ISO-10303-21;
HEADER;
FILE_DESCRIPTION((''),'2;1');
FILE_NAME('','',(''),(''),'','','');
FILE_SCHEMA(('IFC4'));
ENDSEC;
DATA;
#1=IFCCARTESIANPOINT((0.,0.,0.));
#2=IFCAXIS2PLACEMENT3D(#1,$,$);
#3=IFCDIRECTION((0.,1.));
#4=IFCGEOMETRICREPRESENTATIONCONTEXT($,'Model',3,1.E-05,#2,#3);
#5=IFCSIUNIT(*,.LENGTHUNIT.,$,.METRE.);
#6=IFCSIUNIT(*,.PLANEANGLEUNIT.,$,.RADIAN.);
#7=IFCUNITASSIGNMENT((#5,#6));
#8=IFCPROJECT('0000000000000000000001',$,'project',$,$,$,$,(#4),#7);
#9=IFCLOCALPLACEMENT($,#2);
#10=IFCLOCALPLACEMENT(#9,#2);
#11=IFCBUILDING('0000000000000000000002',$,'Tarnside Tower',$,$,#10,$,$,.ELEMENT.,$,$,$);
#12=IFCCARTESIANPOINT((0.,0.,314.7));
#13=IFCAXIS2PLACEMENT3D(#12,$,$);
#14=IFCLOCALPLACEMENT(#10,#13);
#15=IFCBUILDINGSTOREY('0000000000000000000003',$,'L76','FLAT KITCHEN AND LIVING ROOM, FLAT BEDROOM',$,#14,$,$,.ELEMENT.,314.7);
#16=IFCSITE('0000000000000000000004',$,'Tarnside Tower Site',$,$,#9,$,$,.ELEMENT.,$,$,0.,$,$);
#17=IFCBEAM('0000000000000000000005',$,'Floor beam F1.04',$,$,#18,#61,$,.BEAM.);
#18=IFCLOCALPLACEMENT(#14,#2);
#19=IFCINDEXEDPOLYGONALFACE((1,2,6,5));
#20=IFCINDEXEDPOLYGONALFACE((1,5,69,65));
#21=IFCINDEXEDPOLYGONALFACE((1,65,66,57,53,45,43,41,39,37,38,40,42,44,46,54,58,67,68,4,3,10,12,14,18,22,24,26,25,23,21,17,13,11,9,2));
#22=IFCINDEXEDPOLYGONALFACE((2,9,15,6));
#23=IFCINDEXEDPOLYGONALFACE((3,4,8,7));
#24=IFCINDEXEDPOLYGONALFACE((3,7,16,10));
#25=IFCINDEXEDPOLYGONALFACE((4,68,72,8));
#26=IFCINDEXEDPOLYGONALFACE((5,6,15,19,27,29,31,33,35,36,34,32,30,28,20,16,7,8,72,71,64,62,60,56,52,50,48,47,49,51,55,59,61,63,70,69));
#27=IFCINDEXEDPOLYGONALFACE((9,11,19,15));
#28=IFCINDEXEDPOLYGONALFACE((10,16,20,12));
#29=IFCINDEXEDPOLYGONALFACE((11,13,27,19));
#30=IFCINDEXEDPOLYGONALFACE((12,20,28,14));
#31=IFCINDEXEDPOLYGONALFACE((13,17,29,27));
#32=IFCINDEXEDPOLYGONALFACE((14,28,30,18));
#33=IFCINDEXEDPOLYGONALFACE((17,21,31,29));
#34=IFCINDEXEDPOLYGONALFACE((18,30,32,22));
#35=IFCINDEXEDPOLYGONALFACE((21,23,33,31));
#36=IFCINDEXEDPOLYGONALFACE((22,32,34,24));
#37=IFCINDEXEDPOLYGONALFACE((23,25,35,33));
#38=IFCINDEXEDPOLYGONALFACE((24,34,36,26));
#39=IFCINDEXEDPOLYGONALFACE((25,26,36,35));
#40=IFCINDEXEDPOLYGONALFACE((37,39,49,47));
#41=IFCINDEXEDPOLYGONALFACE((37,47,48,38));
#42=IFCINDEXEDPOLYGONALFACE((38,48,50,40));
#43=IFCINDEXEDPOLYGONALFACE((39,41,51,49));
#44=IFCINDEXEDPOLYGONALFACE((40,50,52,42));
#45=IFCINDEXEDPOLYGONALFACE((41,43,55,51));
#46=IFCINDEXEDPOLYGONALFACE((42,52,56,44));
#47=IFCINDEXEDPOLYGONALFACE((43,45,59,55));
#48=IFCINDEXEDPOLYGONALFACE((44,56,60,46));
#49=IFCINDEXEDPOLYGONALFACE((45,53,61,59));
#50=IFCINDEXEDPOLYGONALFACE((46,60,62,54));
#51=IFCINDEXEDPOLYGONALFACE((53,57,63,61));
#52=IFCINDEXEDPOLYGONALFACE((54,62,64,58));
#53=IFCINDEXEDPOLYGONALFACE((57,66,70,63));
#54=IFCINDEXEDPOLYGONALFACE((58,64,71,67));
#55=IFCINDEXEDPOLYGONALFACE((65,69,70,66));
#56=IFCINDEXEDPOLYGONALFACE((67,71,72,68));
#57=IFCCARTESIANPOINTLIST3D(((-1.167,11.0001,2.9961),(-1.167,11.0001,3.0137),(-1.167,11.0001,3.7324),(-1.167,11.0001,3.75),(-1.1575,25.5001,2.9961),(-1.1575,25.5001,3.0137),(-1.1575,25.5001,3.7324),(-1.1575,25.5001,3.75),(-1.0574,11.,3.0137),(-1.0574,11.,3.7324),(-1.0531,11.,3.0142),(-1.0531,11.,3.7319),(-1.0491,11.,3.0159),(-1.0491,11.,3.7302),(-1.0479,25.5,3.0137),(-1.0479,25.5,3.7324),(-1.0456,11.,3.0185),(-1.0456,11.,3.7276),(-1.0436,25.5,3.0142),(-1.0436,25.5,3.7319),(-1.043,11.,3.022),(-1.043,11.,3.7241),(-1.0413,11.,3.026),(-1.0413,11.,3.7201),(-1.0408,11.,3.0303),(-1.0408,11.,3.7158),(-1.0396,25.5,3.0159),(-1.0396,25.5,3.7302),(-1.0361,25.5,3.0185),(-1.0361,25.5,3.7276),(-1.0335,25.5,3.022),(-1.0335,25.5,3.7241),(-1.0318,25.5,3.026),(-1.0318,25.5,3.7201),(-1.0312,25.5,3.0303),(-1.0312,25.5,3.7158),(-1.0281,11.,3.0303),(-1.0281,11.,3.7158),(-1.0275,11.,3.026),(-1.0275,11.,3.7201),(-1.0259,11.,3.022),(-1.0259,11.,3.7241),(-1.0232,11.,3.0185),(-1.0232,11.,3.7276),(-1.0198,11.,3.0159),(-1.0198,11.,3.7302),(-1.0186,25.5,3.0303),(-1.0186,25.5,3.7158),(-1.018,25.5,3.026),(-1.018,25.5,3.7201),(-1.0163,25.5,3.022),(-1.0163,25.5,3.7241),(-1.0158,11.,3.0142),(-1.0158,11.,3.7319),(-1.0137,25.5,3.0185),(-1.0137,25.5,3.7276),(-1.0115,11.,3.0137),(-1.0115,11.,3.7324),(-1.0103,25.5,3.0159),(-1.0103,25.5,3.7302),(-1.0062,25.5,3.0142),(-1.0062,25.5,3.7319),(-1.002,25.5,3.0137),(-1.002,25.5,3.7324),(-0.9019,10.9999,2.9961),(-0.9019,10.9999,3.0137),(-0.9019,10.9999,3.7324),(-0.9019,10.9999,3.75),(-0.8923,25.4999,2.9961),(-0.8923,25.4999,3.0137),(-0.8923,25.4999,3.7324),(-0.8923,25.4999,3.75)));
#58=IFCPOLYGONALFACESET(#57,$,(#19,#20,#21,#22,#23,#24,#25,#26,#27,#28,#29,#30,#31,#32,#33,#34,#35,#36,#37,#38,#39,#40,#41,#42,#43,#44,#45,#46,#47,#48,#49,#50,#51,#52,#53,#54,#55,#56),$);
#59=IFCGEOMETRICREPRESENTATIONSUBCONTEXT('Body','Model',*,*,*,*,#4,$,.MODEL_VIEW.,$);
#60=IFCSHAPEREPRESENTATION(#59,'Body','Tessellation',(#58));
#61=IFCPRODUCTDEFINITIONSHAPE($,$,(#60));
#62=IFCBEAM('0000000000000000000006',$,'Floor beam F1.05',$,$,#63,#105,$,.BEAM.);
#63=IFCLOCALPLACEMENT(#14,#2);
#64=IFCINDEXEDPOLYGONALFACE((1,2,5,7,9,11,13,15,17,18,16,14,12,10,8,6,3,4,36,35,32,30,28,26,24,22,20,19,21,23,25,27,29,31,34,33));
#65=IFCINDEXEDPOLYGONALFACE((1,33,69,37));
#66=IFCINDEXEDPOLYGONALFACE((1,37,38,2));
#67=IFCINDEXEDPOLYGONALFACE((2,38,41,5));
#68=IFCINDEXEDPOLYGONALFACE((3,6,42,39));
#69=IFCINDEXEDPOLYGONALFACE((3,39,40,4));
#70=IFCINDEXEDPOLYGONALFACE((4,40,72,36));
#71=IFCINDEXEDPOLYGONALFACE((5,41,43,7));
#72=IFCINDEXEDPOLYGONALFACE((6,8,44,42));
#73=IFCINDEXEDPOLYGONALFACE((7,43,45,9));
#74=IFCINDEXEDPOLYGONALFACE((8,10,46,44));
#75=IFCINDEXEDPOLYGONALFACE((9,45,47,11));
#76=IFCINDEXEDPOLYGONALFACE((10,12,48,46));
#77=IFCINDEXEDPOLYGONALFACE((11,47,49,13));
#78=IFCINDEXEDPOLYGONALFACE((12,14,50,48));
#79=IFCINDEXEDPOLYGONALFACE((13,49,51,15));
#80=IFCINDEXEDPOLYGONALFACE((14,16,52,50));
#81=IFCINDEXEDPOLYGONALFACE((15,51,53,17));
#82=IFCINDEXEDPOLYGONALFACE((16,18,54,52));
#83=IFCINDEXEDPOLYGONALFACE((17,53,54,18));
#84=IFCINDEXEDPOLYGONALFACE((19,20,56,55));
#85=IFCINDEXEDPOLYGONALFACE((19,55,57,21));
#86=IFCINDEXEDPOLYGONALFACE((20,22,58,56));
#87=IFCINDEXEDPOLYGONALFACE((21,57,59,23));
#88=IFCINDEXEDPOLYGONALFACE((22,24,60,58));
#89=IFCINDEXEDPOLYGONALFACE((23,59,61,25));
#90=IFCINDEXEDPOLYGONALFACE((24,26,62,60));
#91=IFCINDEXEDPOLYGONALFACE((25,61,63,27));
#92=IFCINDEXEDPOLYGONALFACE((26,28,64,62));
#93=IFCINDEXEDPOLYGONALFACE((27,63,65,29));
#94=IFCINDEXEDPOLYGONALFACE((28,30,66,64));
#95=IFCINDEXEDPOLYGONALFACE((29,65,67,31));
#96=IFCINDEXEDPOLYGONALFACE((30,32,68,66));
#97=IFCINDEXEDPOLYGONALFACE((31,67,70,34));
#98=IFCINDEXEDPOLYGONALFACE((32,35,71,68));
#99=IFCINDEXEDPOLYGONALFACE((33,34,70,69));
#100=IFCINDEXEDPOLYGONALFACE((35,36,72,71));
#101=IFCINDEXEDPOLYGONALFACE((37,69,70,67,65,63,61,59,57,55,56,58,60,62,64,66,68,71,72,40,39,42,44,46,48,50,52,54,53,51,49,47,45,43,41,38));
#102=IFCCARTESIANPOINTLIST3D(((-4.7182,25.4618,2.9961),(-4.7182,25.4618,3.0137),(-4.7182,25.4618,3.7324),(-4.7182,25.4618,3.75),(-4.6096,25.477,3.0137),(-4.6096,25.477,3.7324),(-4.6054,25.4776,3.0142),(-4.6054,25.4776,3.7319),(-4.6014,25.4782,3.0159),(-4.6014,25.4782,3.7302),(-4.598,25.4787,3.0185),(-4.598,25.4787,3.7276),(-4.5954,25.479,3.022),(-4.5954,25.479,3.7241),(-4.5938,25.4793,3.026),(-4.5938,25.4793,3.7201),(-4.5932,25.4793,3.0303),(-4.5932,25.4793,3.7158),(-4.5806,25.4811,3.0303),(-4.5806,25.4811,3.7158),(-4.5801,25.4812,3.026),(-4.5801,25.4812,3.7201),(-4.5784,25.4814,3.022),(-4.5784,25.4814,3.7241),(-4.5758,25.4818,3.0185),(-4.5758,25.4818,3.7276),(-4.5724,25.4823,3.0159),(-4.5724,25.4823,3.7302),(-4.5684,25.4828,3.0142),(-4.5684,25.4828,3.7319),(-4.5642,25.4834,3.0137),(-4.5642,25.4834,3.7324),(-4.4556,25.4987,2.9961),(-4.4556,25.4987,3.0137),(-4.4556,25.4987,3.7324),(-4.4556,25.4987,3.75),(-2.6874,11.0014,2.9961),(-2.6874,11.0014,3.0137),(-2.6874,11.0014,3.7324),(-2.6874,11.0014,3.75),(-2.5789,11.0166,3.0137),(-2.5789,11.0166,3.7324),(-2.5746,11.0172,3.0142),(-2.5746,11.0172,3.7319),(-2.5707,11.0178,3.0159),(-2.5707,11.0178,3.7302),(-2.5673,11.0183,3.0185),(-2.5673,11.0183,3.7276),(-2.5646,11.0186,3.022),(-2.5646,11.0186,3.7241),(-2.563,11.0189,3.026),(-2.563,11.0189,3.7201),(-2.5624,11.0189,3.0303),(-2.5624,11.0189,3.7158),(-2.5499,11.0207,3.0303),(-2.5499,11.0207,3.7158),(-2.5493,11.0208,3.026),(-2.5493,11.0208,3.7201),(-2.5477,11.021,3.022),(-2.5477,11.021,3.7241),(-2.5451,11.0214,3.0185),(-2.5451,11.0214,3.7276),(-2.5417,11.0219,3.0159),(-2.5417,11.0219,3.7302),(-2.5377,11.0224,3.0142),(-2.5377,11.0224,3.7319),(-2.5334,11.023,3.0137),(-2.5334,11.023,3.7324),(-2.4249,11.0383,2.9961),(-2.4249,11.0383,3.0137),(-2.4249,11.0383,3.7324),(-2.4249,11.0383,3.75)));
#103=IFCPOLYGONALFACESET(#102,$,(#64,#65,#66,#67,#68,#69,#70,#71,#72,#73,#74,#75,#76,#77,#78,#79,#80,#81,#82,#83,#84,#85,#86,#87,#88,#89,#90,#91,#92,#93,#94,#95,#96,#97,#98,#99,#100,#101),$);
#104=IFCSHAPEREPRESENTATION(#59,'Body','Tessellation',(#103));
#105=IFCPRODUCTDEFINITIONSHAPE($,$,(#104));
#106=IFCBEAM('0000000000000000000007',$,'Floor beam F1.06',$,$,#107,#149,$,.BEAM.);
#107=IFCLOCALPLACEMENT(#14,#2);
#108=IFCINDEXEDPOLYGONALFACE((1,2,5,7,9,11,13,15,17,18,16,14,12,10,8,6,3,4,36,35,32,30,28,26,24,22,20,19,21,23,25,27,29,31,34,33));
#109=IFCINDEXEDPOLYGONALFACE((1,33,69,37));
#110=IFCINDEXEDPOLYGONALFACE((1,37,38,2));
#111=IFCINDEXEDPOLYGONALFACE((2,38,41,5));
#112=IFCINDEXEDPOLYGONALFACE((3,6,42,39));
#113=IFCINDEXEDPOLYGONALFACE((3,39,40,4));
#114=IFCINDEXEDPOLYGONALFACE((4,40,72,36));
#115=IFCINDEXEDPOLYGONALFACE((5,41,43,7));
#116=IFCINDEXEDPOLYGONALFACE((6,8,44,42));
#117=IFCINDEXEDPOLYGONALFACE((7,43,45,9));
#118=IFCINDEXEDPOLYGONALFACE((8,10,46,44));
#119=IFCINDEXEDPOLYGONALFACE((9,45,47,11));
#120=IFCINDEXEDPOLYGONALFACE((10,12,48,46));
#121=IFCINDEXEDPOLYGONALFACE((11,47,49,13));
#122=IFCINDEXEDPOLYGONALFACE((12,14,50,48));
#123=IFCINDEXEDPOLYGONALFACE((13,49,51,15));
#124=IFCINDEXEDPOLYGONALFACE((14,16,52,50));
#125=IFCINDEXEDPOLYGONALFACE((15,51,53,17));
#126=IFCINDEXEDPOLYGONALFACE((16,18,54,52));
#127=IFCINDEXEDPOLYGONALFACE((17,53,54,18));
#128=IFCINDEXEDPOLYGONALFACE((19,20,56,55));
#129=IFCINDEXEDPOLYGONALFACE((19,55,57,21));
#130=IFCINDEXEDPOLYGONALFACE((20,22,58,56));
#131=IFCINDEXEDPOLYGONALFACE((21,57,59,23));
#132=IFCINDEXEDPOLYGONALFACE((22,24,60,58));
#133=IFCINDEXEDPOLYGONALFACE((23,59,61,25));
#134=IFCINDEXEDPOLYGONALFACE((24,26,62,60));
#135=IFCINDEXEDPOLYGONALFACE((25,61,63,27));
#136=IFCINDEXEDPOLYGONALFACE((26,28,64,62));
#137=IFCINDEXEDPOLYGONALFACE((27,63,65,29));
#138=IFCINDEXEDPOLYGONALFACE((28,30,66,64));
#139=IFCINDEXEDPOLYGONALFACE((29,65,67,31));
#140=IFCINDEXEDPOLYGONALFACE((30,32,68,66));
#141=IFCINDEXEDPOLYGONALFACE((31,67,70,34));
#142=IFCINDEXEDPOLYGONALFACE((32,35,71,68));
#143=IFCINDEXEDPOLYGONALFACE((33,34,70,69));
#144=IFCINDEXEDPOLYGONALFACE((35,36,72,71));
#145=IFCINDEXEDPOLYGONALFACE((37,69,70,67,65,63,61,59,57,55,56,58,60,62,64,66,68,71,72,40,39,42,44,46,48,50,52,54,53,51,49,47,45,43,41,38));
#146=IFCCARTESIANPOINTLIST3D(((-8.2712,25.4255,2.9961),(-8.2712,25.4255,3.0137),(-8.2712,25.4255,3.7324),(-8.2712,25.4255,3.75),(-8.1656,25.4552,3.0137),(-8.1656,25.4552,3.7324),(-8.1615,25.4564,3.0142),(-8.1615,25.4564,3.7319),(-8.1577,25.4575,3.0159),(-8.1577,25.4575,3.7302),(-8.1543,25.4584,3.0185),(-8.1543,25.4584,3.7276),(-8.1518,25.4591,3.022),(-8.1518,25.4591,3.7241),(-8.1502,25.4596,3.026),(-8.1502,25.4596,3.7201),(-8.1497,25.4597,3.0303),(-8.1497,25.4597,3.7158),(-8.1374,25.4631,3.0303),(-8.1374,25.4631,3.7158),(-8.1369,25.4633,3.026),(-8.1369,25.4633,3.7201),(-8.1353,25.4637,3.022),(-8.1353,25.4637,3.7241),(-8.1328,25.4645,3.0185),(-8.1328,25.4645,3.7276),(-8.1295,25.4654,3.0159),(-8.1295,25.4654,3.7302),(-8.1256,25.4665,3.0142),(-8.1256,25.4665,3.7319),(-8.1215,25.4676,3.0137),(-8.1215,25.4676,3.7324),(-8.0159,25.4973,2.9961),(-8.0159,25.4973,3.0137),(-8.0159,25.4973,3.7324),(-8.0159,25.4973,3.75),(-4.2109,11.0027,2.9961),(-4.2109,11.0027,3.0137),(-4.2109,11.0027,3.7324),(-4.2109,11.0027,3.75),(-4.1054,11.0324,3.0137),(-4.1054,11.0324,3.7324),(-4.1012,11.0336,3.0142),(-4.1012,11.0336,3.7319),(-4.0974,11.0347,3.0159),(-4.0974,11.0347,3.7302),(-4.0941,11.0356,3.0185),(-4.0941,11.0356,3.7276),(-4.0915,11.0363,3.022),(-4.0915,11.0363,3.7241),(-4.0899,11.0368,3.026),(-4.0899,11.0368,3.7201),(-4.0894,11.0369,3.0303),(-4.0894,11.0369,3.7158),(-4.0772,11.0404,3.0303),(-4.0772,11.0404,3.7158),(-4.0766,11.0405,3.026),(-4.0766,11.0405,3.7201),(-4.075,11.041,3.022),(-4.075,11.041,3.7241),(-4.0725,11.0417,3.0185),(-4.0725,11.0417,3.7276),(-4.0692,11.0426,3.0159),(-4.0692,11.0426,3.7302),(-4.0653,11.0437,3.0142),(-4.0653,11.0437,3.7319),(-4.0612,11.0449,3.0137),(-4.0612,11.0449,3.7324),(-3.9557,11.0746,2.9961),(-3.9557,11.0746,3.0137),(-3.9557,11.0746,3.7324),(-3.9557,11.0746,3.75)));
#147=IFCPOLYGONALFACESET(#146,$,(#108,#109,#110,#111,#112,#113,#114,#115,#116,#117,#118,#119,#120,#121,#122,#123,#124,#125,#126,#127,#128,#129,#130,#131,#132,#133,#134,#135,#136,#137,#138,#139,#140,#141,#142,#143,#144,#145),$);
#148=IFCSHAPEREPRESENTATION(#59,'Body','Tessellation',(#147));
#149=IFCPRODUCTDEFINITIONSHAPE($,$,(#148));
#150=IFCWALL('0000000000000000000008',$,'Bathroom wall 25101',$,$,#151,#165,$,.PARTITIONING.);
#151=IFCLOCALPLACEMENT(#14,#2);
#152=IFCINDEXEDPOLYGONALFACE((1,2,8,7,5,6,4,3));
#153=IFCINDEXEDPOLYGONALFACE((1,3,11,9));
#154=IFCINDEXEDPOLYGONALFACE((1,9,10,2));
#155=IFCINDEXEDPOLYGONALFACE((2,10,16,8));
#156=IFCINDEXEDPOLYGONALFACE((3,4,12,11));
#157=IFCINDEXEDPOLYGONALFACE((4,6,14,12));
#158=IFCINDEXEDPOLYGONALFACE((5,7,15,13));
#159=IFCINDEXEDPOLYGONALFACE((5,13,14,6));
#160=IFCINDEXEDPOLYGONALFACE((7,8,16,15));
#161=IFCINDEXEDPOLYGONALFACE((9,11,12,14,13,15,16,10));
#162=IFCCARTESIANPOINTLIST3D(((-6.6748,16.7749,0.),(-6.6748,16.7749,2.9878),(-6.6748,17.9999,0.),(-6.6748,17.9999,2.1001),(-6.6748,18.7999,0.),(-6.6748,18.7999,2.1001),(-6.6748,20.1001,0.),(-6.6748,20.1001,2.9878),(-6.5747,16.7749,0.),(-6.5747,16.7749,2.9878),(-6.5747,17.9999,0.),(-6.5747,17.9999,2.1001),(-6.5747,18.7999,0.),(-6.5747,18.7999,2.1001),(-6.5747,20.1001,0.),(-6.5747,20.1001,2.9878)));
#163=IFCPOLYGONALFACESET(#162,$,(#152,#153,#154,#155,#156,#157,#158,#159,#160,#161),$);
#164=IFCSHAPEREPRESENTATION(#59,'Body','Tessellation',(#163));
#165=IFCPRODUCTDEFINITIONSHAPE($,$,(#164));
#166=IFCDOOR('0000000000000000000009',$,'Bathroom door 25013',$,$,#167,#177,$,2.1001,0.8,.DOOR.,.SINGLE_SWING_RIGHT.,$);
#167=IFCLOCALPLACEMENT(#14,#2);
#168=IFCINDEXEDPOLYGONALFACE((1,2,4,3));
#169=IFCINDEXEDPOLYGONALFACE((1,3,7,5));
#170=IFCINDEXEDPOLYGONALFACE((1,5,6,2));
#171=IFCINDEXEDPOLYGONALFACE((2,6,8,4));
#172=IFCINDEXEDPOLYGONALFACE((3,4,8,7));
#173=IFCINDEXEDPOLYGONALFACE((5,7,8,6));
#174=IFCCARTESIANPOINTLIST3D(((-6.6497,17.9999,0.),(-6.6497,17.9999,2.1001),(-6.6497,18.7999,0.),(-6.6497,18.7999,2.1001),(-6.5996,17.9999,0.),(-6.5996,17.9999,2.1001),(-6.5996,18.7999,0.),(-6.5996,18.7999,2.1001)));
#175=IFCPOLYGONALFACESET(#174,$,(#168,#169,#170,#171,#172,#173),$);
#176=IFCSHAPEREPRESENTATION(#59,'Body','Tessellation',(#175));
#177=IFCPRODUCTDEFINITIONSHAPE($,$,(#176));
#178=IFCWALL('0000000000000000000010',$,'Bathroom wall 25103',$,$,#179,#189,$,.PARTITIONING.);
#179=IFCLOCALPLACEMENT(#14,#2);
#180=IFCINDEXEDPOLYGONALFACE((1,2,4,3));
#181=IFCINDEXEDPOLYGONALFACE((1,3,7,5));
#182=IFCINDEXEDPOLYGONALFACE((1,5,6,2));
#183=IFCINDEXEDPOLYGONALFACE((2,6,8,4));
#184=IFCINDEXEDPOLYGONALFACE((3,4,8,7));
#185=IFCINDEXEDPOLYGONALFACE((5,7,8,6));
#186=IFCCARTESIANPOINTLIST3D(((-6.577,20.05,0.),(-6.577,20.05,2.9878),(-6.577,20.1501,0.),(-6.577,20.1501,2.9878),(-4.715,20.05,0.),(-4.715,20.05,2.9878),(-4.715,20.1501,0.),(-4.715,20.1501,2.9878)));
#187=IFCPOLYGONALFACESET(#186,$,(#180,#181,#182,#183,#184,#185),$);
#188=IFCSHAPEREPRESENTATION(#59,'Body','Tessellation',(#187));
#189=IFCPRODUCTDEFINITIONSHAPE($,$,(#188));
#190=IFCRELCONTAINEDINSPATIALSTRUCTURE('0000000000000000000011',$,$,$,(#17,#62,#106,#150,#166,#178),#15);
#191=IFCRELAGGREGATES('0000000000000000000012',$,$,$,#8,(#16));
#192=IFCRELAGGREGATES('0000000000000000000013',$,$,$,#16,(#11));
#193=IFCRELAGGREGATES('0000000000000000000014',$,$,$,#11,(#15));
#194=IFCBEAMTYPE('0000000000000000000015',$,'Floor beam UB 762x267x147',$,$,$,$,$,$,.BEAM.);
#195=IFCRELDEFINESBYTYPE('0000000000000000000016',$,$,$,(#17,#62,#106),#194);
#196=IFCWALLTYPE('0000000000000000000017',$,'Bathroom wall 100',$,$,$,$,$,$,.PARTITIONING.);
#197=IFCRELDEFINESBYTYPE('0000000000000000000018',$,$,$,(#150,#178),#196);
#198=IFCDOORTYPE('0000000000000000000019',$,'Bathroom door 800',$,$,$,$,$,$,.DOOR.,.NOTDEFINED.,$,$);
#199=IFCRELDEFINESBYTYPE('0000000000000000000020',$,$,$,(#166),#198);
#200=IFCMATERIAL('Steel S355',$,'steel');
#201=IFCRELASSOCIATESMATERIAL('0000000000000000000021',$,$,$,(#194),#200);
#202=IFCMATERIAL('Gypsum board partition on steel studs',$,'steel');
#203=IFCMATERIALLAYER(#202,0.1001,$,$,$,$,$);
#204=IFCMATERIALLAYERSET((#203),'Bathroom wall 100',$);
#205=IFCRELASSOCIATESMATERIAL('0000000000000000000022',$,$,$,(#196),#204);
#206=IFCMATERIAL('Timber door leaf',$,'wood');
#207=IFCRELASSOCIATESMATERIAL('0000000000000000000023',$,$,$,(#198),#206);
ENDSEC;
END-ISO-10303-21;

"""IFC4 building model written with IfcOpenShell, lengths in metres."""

from ifc_helpers import new_model, si_unit, direction, frame, frame_2d, origin, origin_2d, place, context, subcontext, project, spatial, rectangle, i_section, extrude, material, layer, layer_set, material_profile, profile_set, type_object, element, fill, save


model = new_model("IFC4")

# Units and contexts
model_context = context("Model", 3, precision=1e-05, world=origin(), true_north=direction((0.0, 1.0)))
body_context = subcontext(model_context, "Body", "Model", "MODEL_VIEW")
ifc_project = project(units=[si_unit("LENGTHUNIT", "METRE"), si_unit("PLANEANGLEUNIT", "RADIAN")], contexts=[model_context])

# Site, building, storey
site_placement = place(None, origin())
site = spatial("IfcSite", under=ifc_project, at=site_placement, Name="Tarnside Tower Site", CompositionType="ELEMENT", RefElevation=0.0)
building_placement = place(site_placement, origin())
building = spatial("IfcBuilding", under=site, at=building_placement, Name="Tarnside Tower", CompositionType="ELEMENT")
storey_placement = place(building_placement, frame((0.0, 0.0, 314.7)))
storey = spatial("IfcBuildingStorey", under=building, at=storey_placement, Name="L76", Description="FLAT KITCHEN AND LIVING ROOM, FLAT BEDROOM", CompositionType="ELEMENT", Elevation=314.7)

# Beams
ifc_material_1 = material(Name="Steel S355", Category="steel")
ifc_material_profile = material_profile(ifc_material_1, i_section(OverallWidth=0.2651, OverallDepth=0.7539, WebThickness=0.0127, FlangeThickness=0.0176, FilletRadius=0.0166, at=origin_2d()), Name="UB 762x267x147")
ifc_profile_set = profile_set([ifc_material_profile], Name="Steel S355")
beam_type = type_object("IfcBeamType", Name="Floor beam UB 762x267x147", PredefinedType="BEAM", material=ifc_profile_set)
beam_1_placement = place(storey_placement, frame((-1.0249, 25.5, 3.373), z_axis=(-0.000657, -1.0, 0.0), x_axis=(1.0, -0.000657, 0.0)))
element("IfcBeam", 1, at=beam_1_placement, inside=storey, type_object=beam_type, Name="Floor beam F1.04", PredefinedType="BEAM", context=body_context, shape_type="SweptSolid", body=[
    extrude(i_section(OverallWidth=0.2651, OverallDepth=0.7539, WebThickness=0.0127, FlangeThickness=0.0176, FilletRadius=0.0166, at=origin_2d()), origin(), (0.0, 0.0, 1.0), 14.5),
])
beam_2_placement = place(storey_placement, frame((-4.5869, 25.4802, 3.373), z_axis=(0.139071, -0.990282, 0.0), x_axis=(0.990282, 0.139071, 0.0)))
element("IfcBeam", 2, at=beam_2_placement, inside=storey, type_object=beam_type, Name="Floor beam F1.05", PredefinedType="BEAM", context=body_context, shape_type="SweptSolid", body=[
    extrude(i_section(OverallWidth=0.2651, OverallDepth=0.7539, WebThickness=0.0127, FlangeThickness=0.0176, FilletRadius=0.0166, at=origin_2d()), origin(), (0.0, 0.0, 1.0), 14.6023),
])
beam_3_placement = place(storey_placement, frame((-8.1436, 25.4614, 3.373), z_axis=(0.270985, -0.962583, 0.0), x_axis=(0.962583, 0.270985, 0.0)))
element("IfcBeam", 3, at=beam_3_placement, inside=storey, type_object=beam_type, Name="Floor beam F1.06", PredefinedType="BEAM", context=body_context, shape_type="SweptSolid", body=[
    extrude(i_section(OverallWidth=0.2651, OverallDepth=0.7539, WebThickness=0.0127, FlangeThickness=0.0176, FilletRadius=0.0166, at=origin_2d()), origin(), (0.0, 0.0, 1.0), 14.9834),
])

# Wall, opening, door
ifc_material_2 = material(Name="Gypsum board partition on steel studs", Category="steel")
ifc_layer_1 = layer(ifc_material_2, 0.1001)
ifc_layer_set_1 = layer_set([ifc_layer_1], Name="Bathroom wall 100")
wall_type_1 = type_object("IfcWallType", Name="Bathroom wall 100", PredefinedType="PARTITIONING", material=ifc_layer_set_1)
wall_1_placement = place(storey_placement, frame((-6.6248, 16.7749, 0.0), z_axis=(0.0, 0.0, 1.0), x_axis=(0.0, 1.0, 0.0)))
wall_1 = element("IfcWall", 4, at=wall_1_placement, inside=storey, type_object=wall_type_1, Name="Bathroom wall 25101", PredefinedType="PARTITIONING", context=body_context, shape_type="SweptSolid", body=[
    extrude(rectangle(XDim=3.3252, YDim=0.1001, at=frame_2d((1.6626, 0.0))), origin(), (0.0, 0.0, 1.0), 2.9878),
])
opening_1_placement = place(wall_1_placement, frame((1.2251, 0.0, 0.0)))
opening_1 = element("IfcOpeningElement", 5, at=opening_1_placement, cuts=wall_1, PredefinedType="OPENING", context=body_context, shape_type="SweptSolid", body=[
    extrude(rectangle(XDim=0.8, YDim=2.1001, at=frame_2d((0.3999, 1.05))), frame((0.0, 0.0601, 0.0), z_axis=(0.0, -1.0, 0.0), x_axis=(1.0, 0.0, 0.0)), (0.0, 0.0, 1.0), 0.1201),
])
ifc_material_3 = material(Name="Timber door leaf", Category="wood")
door_type_1 = type_object("IfcDoorType", Name="Bathroom door 800", OperationType="NOTDEFINED", PredefinedType="DOOR", material=ifc_material_3)
door_1_placement = place(opening_1_placement, origin())
door_1 = element("IfcDoor", 6, at=door_1_placement, inside=storey, type_object=door_type_1, Name="Bathroom door 25013", OperationType="SINGLE_SWING_RIGHT", OverallHeight=2.1001, OverallWidth=0.8, PredefinedType="DOOR", context=body_context, shape_type="SweptSolid", body=[
    extrude(rectangle(XDim=0.8, YDim=2.1001, at=frame_2d((0.3999, 1.05))), frame((0.0, 0.0249, 0.0), z_axis=(0.0, -1.0, 0.0), x_axis=(1.0, 0.0, 0.0)), (0.0, 0.0, 1.0), 0.05),
])
fill(opening_1, door_1)

# Wall
wall_2_placement = place(storey_placement, frame((-4.7148, 20.1001, 0.0), z_axis=(0.0, 0.0, 1.0), x_axis=(-1.0, 0.0, 0.0)))
element("IfcWall", 7, at=wall_2_placement, inside=storey, type_object=wall_type_1, Name="Bathroom wall 25103", PredefinedType="PARTITIONING", context=body_context, shape_type="SweptSolid", body=[
    extrude(rectangle(XDim=1.8621, YDim=0.1001, at=frame_2d((0.9312, 0.0))), origin(), (0.0, 0.0, 1.0), 2.9878),
])

save(model, "model.ifc")
